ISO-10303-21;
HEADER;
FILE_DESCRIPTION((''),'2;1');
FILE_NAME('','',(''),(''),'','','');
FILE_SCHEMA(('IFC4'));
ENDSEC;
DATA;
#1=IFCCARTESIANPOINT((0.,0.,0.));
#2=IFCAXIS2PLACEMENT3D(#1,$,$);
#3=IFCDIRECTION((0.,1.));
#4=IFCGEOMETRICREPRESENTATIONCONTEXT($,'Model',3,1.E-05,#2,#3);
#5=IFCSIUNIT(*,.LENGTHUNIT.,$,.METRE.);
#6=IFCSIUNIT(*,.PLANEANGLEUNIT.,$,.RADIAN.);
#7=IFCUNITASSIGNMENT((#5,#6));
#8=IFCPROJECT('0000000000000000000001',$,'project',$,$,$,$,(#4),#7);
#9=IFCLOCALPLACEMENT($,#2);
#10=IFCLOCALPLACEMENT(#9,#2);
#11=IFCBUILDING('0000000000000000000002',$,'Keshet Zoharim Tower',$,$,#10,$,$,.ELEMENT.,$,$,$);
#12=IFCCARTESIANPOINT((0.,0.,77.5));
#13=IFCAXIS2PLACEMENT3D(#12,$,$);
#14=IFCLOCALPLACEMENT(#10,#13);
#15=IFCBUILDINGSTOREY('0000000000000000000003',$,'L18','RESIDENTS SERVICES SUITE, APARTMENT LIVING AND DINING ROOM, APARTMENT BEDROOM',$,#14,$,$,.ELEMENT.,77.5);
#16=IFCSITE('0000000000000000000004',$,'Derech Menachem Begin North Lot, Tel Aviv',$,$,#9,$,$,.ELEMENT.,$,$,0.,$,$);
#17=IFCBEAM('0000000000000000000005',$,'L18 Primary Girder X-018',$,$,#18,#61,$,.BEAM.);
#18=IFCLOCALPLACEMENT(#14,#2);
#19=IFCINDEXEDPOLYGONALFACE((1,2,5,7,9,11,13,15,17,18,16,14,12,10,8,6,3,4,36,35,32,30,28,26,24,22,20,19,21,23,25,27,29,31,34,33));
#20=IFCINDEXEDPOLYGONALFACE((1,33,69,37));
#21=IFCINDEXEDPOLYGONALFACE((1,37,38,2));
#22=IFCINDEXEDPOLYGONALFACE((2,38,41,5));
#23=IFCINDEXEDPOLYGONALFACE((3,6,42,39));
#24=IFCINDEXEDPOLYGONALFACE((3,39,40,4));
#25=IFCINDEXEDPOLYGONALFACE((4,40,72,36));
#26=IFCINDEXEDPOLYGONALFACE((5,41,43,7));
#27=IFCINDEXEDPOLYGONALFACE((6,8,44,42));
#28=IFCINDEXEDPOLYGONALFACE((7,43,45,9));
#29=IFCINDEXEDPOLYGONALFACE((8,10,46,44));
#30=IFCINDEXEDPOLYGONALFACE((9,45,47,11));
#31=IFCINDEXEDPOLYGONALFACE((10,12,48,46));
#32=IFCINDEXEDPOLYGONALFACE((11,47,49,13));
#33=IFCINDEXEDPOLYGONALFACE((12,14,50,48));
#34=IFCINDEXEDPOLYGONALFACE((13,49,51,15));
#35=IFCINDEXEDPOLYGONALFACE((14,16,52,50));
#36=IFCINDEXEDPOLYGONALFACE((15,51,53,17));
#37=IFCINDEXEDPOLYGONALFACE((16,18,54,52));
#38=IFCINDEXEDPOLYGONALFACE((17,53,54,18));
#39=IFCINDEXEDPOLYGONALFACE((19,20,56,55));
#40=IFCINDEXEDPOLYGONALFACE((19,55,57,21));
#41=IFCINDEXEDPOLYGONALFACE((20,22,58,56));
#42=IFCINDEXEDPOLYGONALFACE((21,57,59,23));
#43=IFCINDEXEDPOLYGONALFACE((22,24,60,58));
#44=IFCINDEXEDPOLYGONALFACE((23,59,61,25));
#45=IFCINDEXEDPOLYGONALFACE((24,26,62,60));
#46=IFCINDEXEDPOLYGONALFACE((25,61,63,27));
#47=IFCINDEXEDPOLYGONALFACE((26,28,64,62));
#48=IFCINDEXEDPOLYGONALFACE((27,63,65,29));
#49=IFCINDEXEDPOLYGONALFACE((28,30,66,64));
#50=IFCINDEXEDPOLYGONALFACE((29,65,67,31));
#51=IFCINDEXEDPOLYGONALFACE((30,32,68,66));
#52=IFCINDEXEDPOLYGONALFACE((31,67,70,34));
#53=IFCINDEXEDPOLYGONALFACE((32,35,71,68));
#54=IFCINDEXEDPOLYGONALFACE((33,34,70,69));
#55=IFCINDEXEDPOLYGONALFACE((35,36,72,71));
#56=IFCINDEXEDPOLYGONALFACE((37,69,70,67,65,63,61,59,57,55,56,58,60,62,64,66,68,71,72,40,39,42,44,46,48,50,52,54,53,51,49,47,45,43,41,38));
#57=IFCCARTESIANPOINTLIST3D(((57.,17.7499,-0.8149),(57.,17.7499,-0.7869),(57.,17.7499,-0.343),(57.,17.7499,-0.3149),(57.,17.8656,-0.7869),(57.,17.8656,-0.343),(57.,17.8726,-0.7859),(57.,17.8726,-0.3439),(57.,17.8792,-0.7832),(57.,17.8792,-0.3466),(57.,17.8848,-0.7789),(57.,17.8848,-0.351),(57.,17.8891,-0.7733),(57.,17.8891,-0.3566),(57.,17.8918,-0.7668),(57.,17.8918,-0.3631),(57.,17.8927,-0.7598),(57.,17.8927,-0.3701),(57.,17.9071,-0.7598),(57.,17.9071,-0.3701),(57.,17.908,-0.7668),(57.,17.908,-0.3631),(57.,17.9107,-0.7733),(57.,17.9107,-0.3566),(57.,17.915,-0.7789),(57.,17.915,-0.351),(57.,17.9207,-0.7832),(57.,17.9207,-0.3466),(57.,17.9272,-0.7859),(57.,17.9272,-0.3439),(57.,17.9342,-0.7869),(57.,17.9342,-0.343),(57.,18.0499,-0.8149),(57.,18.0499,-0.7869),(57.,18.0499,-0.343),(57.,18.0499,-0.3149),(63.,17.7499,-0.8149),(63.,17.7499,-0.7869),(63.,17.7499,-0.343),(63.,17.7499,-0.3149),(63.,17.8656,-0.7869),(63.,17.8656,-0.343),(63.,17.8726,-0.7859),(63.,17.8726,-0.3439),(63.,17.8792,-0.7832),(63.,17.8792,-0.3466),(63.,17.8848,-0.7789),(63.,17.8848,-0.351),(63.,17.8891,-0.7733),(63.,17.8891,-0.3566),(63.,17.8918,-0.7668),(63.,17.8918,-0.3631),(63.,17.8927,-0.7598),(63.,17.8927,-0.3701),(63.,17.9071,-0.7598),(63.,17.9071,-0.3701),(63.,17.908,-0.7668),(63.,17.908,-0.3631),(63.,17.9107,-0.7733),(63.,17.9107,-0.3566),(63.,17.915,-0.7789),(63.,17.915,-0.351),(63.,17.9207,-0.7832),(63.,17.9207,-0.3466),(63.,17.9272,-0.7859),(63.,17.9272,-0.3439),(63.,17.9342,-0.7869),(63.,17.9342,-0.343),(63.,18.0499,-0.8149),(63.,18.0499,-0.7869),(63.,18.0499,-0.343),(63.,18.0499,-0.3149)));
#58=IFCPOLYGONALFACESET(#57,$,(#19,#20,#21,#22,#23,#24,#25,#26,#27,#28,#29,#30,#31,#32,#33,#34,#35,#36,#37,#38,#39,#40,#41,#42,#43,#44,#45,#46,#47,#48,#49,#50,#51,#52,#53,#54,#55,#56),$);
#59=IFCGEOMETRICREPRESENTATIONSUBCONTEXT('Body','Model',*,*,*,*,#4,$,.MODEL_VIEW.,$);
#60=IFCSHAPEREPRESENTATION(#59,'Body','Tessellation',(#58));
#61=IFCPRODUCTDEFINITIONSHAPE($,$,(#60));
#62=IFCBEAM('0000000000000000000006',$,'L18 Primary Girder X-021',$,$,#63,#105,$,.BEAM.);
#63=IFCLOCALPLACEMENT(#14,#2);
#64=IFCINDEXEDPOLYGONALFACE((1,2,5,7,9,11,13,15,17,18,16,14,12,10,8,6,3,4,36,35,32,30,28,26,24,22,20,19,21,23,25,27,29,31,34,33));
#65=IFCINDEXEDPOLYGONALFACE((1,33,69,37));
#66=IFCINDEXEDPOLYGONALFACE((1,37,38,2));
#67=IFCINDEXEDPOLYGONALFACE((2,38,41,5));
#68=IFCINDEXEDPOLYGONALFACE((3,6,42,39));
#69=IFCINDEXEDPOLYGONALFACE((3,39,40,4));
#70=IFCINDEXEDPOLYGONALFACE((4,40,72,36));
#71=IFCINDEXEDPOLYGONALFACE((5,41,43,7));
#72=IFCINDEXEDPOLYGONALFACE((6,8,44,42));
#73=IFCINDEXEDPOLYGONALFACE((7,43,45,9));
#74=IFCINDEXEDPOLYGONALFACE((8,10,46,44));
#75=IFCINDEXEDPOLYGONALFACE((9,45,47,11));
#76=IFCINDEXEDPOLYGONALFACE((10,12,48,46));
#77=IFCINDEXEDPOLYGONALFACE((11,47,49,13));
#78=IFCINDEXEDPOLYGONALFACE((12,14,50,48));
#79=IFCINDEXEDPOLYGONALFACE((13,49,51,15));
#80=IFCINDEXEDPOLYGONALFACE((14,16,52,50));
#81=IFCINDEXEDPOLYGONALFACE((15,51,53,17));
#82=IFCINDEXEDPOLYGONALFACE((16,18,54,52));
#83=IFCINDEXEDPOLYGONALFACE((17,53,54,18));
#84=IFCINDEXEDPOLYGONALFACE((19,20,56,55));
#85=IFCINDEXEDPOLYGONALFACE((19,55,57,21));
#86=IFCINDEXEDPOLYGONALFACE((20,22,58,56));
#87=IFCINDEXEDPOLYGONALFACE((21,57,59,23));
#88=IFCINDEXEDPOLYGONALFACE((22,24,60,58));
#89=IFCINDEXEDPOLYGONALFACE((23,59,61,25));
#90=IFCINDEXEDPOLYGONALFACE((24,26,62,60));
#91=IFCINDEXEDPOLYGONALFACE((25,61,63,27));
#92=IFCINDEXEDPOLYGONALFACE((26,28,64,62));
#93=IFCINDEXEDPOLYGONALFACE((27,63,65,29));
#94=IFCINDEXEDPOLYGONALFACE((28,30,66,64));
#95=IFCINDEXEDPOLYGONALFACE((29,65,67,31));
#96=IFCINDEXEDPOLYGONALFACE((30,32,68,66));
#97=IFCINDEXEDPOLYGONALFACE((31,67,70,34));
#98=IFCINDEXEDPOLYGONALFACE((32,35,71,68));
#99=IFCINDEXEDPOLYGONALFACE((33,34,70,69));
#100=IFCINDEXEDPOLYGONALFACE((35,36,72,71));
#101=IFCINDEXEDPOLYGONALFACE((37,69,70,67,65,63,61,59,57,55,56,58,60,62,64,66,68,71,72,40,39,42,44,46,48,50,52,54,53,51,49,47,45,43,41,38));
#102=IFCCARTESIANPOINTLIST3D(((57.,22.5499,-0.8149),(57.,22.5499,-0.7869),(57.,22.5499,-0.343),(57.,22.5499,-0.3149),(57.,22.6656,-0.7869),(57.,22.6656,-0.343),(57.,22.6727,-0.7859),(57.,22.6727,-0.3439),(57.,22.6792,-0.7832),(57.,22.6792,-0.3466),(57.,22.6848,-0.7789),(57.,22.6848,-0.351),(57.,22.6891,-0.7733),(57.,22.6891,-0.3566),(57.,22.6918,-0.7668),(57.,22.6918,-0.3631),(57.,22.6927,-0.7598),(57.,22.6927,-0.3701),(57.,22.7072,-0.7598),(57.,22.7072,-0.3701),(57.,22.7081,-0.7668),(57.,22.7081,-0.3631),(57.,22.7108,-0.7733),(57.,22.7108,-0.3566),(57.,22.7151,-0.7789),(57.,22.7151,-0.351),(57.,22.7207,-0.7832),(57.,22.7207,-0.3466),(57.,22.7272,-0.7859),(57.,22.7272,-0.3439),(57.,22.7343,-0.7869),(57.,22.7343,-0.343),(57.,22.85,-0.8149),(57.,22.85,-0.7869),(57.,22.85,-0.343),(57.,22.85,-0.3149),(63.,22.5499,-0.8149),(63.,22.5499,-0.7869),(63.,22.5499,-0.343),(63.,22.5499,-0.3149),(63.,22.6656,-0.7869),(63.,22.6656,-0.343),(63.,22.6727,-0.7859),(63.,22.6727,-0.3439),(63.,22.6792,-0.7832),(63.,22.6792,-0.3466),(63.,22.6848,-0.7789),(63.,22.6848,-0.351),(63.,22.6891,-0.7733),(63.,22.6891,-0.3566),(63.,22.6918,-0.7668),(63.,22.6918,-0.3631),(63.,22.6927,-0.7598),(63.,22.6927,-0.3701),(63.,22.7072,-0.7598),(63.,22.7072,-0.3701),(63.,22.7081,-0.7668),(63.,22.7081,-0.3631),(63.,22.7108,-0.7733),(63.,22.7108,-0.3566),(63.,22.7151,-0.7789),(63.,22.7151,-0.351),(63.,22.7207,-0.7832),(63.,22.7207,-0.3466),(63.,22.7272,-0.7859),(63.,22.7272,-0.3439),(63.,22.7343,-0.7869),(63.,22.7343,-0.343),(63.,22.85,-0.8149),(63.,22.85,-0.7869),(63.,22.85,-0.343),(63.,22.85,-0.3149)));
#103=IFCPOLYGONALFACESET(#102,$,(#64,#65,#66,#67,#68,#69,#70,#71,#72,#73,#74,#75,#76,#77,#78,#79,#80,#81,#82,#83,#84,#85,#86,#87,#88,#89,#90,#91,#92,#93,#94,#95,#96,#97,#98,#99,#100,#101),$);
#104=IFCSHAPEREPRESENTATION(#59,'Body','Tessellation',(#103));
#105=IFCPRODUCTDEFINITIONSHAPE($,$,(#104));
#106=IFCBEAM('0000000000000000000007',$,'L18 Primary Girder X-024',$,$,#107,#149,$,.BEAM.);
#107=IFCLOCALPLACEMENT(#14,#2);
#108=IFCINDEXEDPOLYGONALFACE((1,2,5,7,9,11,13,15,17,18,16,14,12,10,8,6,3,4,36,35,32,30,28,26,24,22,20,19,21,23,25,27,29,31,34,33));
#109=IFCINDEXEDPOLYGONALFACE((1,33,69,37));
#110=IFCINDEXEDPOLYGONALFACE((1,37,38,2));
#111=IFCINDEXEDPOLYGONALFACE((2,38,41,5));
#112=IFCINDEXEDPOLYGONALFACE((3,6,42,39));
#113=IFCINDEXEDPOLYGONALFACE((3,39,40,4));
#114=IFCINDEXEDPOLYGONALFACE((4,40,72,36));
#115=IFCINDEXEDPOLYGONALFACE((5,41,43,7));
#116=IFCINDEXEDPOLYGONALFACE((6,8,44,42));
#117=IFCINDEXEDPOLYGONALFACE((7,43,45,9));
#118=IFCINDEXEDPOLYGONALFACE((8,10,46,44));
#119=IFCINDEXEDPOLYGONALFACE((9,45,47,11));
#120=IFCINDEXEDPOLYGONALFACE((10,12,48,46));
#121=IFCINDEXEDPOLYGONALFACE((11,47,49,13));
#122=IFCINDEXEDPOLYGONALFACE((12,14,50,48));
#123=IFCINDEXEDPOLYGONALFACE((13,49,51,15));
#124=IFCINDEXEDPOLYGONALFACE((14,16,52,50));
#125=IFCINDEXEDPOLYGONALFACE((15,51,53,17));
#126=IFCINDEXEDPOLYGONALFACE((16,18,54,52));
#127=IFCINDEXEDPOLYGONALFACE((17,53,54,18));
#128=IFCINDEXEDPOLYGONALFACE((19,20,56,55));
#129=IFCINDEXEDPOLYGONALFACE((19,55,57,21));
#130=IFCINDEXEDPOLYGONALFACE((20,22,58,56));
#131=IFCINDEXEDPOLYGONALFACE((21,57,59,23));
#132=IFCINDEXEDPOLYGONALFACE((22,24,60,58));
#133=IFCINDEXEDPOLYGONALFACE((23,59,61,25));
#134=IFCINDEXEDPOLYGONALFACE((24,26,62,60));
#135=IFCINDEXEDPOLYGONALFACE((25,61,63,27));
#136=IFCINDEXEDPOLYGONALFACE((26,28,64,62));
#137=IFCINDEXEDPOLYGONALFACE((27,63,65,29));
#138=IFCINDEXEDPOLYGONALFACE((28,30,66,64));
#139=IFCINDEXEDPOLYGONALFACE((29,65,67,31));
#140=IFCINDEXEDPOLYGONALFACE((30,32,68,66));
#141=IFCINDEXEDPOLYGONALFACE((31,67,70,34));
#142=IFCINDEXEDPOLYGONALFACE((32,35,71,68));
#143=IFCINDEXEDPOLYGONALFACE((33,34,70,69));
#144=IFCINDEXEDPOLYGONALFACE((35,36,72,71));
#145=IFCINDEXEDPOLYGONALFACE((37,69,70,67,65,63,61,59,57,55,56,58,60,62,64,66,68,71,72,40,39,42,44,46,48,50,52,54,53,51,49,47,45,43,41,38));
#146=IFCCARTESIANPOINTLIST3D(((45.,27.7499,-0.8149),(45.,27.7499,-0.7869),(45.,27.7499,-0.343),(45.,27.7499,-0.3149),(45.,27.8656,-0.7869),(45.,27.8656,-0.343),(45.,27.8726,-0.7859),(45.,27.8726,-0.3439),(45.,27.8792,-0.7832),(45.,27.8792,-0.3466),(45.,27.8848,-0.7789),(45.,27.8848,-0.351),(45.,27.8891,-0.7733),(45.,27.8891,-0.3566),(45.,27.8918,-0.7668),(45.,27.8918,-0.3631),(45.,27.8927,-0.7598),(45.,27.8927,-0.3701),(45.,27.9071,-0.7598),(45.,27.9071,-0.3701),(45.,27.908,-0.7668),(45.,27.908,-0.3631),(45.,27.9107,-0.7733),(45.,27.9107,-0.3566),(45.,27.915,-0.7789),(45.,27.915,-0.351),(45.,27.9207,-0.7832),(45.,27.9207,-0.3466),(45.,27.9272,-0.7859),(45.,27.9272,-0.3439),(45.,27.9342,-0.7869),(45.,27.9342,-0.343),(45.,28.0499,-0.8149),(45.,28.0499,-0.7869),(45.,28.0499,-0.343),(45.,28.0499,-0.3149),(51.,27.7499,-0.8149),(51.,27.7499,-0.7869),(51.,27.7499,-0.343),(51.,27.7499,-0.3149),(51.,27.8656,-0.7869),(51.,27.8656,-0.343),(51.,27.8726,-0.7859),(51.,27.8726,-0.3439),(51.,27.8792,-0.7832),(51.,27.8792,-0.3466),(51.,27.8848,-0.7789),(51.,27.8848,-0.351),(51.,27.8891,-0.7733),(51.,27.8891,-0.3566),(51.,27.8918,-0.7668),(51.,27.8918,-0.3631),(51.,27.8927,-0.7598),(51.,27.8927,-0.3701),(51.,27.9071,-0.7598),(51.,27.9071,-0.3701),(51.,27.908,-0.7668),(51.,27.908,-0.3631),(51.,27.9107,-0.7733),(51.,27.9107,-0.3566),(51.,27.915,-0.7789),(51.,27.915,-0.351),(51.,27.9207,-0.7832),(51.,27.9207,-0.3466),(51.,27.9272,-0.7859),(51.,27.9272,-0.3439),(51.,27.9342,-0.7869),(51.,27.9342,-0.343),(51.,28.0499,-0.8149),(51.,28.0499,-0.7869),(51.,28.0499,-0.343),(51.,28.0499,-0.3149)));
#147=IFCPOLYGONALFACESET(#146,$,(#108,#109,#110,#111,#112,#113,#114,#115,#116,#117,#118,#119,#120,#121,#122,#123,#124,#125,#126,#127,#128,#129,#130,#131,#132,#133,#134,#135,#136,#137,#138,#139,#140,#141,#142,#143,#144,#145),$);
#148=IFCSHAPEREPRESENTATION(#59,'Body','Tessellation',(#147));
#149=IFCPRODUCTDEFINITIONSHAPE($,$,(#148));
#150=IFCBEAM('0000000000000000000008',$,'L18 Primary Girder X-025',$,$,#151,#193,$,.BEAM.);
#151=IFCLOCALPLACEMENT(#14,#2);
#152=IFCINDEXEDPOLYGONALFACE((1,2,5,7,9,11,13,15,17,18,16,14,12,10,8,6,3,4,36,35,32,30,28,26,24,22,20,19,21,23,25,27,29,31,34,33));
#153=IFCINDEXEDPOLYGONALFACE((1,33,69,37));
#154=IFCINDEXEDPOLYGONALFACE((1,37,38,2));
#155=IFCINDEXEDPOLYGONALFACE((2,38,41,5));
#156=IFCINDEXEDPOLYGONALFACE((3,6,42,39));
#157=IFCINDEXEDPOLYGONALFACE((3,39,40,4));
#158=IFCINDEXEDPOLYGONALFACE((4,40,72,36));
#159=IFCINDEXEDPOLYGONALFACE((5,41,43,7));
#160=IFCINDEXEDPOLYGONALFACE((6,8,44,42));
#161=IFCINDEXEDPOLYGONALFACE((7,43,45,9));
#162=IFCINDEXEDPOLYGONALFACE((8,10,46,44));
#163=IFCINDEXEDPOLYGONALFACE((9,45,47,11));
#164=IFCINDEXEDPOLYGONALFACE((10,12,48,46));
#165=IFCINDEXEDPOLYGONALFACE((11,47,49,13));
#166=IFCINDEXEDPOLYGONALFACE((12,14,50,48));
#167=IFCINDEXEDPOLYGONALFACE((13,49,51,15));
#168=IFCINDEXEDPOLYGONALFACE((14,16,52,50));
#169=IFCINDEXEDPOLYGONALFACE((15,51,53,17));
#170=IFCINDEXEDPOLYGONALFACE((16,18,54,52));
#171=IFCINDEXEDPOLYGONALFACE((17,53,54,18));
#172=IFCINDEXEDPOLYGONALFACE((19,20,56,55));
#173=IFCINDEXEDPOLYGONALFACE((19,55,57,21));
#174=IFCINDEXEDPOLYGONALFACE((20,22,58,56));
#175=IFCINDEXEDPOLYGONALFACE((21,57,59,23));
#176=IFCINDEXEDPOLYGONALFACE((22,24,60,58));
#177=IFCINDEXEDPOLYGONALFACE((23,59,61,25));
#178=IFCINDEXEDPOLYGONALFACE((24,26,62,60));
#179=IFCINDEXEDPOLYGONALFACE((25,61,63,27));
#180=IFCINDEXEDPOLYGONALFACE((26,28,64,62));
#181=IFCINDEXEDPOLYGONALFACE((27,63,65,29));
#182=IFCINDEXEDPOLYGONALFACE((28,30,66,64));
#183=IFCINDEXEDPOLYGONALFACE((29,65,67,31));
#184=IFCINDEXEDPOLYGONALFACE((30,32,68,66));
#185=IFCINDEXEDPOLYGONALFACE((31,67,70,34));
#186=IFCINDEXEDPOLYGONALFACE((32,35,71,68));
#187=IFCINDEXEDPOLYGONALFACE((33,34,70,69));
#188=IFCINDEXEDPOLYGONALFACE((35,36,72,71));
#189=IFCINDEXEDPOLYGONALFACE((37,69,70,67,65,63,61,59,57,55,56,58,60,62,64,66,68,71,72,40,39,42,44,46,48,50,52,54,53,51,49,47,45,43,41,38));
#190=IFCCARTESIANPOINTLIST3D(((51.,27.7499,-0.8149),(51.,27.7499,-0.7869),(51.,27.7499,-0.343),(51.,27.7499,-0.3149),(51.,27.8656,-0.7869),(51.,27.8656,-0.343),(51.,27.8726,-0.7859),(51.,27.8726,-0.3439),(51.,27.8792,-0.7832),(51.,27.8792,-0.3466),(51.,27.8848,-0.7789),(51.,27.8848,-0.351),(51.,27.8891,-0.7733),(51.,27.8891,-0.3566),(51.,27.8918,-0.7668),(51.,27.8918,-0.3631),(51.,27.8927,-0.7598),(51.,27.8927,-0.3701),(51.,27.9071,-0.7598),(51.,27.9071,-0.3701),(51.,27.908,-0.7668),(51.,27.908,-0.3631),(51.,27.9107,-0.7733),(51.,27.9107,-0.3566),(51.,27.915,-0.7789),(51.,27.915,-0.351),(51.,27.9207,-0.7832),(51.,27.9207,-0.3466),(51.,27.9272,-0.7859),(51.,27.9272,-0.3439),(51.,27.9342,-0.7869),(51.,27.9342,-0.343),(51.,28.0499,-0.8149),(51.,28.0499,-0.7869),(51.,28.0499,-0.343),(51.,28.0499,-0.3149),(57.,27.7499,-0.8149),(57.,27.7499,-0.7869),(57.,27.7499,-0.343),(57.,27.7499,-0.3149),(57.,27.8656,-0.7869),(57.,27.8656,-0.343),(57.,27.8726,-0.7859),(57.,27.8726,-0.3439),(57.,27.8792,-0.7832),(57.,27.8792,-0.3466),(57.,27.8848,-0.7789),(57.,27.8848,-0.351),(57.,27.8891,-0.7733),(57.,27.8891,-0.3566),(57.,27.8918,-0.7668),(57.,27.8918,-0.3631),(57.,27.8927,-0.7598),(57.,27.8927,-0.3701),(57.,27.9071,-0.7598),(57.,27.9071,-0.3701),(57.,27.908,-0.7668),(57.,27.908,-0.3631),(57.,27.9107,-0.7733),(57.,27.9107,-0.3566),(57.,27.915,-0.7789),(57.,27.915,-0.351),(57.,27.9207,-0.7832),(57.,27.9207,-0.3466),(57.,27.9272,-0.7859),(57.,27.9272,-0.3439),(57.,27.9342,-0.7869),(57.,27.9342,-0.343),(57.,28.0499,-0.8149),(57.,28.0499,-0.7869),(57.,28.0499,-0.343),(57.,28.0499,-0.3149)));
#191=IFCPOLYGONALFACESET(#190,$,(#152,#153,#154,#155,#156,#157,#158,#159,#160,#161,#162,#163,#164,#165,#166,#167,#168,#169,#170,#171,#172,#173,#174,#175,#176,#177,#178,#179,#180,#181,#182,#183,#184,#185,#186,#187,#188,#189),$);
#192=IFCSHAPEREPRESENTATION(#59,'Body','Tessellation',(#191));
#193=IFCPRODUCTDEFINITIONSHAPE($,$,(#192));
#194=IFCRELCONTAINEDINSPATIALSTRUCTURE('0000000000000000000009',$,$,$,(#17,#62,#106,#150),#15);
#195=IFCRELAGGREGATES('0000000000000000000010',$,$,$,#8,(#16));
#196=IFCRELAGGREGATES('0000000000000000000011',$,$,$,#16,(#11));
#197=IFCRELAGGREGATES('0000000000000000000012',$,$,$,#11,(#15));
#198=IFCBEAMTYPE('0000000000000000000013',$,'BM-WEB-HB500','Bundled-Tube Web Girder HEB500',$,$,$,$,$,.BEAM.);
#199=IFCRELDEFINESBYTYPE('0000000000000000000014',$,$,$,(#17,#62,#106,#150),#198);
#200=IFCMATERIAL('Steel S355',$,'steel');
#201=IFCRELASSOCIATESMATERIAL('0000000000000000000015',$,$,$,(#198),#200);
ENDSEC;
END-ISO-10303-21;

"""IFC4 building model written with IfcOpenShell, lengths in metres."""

from ifc_helpers import new_model, si_unit, direction, frame, origin, origin_2d, place, context, subcontext, project, spatial, i_section, extrude, material, material_profile, profile_set, type_object, element, save


model = new_model("IFC4")

# Units and contexts
model_context = context("Model", 3, precision=1e-05, world=origin(), true_north=direction((0.0, 1.0)))
body_context = subcontext(model_context, "Body", "Model", "MODEL_VIEW")
ifc_project = project(units=[si_unit("LENGTHUNIT", "METRE"), si_unit("PLANEANGLEUNIT", "RADIAN")], contexts=[model_context])

# Site, building, storey
site_placement = place(None, origin())
site = spatial("IfcSite", under=ifc_project, at=site_placement, Name="Derech Menachem Begin North Lot, Tel Aviv", CompositionType="ELEMENT", RefElevation=0.0)
building_placement = place(site_placement, origin())
building = spatial("IfcBuilding", under=site, at=building_placement, Name="Keshet Zoharim Tower", CompositionType="ELEMENT")
storey_placement = place(building_placement, frame((0.0, 0.0, 77.5)))
storey = spatial("IfcBuildingStorey", under=building, at=storey_placement, Name="L18", Description="RESIDENTS SERVICES SUITE, APARTMENT LIVING AND DINING ROOM, APARTMENT BEDROOM", CompositionType="ELEMENT", Elevation=77.5)

# Beams
ifc_material_1 = material(Name="Steel S355", Category="steel")
ifc_material_profile_1 = material_profile(ifc_material_1, i_section(OverallWidth=0.3, OverallDepth=0.5, WebThickness=0.0144, FlangeThickness=0.0281, FilletRadius=0.0271, at=origin_2d()), Name="HEB500")
ifc_profile_set_1 = profile_set([ifc_material_profile_1], Name="Steel S355")
beam_type_1 = type_object("IfcBeamType", Name="BM-WEB-HB500", Description="Bundled-Tube Web Girder HEB500", PredefinedType="BEAM", material=ifc_profile_set_1)
for number, where, z_axis, x_axis, name in (
    (1, (57.0, 17.8999, -0.5649), (1.0, 0.0, 0.0), (0.0, 1.0, 0.0), "L18 Primary Girder X-018"),
    (2, (57.0, 22.7, -0.5649), (1.0, 0.0, 0.0), (0.0, 1.0, 0.0), "L18 Primary Girder X-021"),
    (3, (45.0, 27.8999, -0.5649), (1.0, 0.0, 0.0), (0.0, 1.0, 0.0), "L18 Primary Girder X-024"),
    (4, (51.0, 27.8999, -0.5649), (1.0, 0.0, 0.0), (0.0, 1.0, 0.0), "L18 Primary Girder X-025"),
):
    element("IfcBeam", number, at=place(storey_placement, frame(where, z_axis=z_axis, x_axis=x_axis)), inside=storey, type_object=beam_type_1, Name=name, PredefinedType="BEAM", context=body_context, shape_type="SweptSolid", body=[
        extrude(i_section(OverallWidth=0.3, OverallDepth=0.5, WebThickness=0.0144, FlangeThickness=0.0281, FilletRadius=0.0271, at=origin_2d()), origin(), (0.0, 0.0, 1.0), 6.0),
    ])

save(model, "model.ifc")
